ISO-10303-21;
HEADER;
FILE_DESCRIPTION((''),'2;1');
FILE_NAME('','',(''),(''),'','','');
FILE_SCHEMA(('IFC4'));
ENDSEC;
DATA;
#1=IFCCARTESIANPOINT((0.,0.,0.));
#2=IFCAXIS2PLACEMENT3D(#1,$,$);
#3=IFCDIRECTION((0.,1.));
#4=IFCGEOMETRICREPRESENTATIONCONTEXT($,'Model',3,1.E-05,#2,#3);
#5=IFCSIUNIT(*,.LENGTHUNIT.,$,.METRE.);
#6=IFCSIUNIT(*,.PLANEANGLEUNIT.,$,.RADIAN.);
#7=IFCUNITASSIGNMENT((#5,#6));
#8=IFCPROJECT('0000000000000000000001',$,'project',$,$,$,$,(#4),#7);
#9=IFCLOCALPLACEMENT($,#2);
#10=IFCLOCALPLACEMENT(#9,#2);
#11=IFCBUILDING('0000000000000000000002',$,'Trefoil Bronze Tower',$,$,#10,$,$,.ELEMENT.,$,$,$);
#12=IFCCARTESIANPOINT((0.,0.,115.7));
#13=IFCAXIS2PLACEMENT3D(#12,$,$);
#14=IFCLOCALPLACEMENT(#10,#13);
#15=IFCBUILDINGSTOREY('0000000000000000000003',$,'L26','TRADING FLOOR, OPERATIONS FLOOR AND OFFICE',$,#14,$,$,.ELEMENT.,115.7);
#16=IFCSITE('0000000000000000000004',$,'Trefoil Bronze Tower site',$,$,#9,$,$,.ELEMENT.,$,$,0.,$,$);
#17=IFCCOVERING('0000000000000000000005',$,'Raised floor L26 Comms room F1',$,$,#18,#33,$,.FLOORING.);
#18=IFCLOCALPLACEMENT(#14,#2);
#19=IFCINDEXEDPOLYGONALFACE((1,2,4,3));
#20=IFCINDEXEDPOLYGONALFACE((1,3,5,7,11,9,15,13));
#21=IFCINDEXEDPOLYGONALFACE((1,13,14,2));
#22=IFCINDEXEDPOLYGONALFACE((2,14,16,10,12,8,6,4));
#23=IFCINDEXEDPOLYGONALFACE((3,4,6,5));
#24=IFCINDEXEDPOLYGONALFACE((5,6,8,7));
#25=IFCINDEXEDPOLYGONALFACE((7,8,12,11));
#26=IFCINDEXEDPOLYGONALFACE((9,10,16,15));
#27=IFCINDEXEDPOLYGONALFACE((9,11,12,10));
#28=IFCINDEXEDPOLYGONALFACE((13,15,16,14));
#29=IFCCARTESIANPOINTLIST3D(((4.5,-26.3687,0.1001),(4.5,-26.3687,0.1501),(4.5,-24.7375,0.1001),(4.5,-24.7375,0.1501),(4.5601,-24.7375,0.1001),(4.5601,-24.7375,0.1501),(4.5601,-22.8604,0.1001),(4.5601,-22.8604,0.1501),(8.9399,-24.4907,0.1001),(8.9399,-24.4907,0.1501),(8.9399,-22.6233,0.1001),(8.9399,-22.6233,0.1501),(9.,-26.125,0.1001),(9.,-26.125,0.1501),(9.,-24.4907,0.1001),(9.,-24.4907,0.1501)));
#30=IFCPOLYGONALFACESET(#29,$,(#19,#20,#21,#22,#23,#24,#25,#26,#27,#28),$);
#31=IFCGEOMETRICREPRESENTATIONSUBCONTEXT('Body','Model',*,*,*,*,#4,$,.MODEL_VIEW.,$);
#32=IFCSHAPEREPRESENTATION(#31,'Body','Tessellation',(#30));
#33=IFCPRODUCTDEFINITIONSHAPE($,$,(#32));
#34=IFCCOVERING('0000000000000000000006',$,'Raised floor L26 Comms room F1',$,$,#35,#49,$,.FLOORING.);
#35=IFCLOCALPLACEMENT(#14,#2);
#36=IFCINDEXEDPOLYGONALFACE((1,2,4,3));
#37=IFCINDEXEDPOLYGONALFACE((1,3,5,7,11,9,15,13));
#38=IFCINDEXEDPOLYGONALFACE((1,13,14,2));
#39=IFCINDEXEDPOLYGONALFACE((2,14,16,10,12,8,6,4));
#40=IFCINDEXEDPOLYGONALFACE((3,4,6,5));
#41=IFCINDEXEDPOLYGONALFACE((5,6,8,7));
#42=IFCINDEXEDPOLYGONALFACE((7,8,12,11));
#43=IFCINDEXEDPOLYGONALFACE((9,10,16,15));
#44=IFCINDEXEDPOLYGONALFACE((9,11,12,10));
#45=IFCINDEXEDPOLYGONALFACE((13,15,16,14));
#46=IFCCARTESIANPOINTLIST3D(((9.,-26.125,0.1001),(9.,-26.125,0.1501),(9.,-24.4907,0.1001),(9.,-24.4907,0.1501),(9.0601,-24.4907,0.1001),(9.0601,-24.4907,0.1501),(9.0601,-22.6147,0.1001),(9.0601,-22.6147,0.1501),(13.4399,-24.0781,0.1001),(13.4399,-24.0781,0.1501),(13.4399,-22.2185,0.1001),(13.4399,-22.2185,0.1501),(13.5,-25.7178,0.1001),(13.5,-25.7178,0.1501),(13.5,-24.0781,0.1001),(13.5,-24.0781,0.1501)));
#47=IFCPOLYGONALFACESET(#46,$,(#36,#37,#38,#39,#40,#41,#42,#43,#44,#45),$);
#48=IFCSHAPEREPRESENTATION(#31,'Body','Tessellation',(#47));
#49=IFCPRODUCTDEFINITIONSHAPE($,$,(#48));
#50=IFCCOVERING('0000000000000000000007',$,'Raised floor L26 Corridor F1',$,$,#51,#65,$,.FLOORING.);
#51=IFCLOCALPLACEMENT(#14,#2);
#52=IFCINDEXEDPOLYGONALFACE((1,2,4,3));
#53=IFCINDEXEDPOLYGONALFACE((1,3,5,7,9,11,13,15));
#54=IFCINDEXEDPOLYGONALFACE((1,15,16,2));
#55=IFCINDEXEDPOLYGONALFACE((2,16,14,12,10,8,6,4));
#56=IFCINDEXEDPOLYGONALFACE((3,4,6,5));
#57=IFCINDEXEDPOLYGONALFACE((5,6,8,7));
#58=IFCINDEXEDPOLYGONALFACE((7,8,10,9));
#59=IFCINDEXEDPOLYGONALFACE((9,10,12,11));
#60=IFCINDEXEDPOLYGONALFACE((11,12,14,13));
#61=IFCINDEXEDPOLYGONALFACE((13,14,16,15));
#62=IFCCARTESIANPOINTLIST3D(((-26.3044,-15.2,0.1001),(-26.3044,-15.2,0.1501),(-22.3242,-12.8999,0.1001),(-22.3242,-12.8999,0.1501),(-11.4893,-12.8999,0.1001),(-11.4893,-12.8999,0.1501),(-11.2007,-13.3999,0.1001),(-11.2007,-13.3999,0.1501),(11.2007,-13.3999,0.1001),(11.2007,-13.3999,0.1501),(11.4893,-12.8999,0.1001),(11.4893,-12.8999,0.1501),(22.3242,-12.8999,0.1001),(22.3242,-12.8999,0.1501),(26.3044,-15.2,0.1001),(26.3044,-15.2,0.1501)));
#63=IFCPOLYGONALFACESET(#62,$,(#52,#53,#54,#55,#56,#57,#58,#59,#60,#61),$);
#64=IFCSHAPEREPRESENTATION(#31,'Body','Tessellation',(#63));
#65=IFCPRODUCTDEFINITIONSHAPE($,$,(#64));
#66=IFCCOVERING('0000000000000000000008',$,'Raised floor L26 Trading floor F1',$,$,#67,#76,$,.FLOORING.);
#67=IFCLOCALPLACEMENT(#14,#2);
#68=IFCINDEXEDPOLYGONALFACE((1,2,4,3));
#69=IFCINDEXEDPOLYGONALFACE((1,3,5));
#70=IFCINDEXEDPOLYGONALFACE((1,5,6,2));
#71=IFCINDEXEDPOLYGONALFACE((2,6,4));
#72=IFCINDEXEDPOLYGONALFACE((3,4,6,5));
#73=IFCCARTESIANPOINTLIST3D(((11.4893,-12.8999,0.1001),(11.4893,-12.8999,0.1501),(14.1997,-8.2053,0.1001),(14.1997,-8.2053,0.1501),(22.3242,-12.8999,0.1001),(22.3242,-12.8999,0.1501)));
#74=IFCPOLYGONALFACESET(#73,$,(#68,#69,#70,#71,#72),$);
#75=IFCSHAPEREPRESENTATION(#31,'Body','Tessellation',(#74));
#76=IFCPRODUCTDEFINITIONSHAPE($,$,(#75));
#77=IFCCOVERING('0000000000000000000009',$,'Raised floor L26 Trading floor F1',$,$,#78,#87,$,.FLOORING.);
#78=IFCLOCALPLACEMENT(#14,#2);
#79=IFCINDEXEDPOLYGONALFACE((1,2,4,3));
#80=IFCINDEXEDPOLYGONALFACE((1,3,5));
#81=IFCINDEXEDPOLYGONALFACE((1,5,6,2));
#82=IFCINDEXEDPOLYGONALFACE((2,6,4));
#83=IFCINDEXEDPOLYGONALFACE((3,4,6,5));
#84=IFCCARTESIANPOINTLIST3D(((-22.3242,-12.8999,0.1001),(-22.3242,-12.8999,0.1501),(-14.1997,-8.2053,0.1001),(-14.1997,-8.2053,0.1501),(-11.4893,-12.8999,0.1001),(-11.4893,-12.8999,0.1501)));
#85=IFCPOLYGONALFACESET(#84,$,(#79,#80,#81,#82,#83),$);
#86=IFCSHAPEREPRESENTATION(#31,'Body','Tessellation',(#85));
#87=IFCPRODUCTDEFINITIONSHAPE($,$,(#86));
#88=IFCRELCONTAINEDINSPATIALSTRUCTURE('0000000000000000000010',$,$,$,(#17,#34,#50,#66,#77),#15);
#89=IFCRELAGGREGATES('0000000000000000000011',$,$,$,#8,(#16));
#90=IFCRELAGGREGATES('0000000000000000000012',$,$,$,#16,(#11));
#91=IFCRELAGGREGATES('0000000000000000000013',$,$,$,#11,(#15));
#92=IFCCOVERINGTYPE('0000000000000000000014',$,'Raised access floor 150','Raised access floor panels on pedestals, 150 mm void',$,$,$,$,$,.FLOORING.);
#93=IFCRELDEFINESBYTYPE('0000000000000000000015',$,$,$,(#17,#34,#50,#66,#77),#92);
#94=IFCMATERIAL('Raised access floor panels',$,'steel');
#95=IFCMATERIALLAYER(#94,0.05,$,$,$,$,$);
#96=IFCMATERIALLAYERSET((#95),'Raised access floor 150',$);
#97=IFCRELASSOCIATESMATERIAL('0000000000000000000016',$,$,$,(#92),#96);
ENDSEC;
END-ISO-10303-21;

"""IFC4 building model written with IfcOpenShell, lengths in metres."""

from ifc_helpers import new_model, si_unit, direction, frame, origin, place, context, subcontext, project, spatial, polyline, outline, extrude, material, layer, layer_set, type_object, element, save


model = new_model("IFC4")

# Units and contexts
model_context = context("Model", 3, precision=1e-05, world=origin(), true_north=direction((0.0, 1.0)))
body_context = subcontext(model_context, "Body", "Model", "MODEL_VIEW")
ifc_project = project(units=[si_unit("LENGTHUNIT", "METRE"), si_unit("PLANEANGLEUNIT", "RADIAN")], contexts=[model_context])

# Site, building, storey
site_placement = place(None, origin())
site = spatial("IfcSite", under=ifc_project, at=site_placement, Name="Trefoil Bronze Tower site", CompositionType="ELEMENT", RefElevation=0.0)
building_placement = place(site_placement, origin())
building = spatial("IfcBuilding", under=site, at=building_placement, Name="Trefoil Bronze Tower", CompositionType="ELEMENT")
storey_placement = place(building_placement, frame((0.0, 0.0, 115.7)))
storey = spatial("IfcBuildingStorey", under=building, at=storey_placement, Name="L26", Description="TRADING FLOOR, OPERATIONS FLOOR AND OFFICE", CompositionType="ELEMENT", Elevation=115.7)

# Coverings
ifc_material_1 = material(Name="Raised access floor panels", Category="steel")
ifc_layer_1 = layer(ifc_material_1, 0.05)
ifc_layer_set_1 = layer_set([ifc_layer_1], Name="Raised access floor 150")
covering_type_1 = type_object("IfcCoveringType", Name="Raised access floor 150", Description="Raised access floor panels on pedestals, 150 mm void", PredefinedType="FLOORING", material=ifc_layer_set_1)
covering_1_placement = place(storey_placement, frame((0.0, 0.0, 0.1001)))
element("IfcCovering", 1, at=covering_1_placement, inside=storey, type_object=covering_type_1, Name="Raised floor L26 Comms room F1", PredefinedType="FLOORING", context=body_context, shape_type="SweptSolid", body=[
    extrude(outline(polyline([(9.0, -26.125), (4.5, -26.3687), (4.5, -24.7375), (4.5601, -24.7375), (4.5601, -22.8604), (8.9399, -22.6233), (8.9399, -24.4907), (9.0, -24.4907), (9.0, -26.125)])), origin(), (0.0, 0.0, 1.0), 0.05),
])
covering_2_placement = place(storey_placement, frame((0.0, 0.0, 0.1001)))
element("IfcCovering", 2, at=covering_2_placement, inside=storey, type_object=covering_type_1, Name="Raised floor L26 Comms room F1", PredefinedType="FLOORING", context=body_context, shape_type="SweptSolid", body=[
    extrude(outline(polyline([(13.5, -25.7178), (9.0, -26.125), (9.0, -24.4907), (9.0601, -24.4907), (9.0601, -22.6147), (13.4399, -22.2185), (13.4399, -24.0781), (13.5, -24.0781), (13.5, -25.7178)])), origin(), (0.0, 0.0, 1.0), 0.05),
])
covering_3_placement = place(storey_placement, frame((0.0, 0.0, 0.1001)))
element("IfcCovering", 3, at=covering_3_placement, inside=storey, type_object=covering_type_1, Name="Raised floor L26 Corridor F1", PredefinedType="FLOORING", context=body_context, shape_type="SweptSolid", body=[
    extrude(outline(polyline([(-26.3044, -15.2), (-22.3242, -12.8999), (-11.4893, -12.8999), (-11.2007, -13.3999), (11.2007, -13.3999), (11.4893, -12.8999), (22.3242, -12.8999), (26.3044, -15.2), (-26.3044, -15.2)])), origin(), (0.0, 0.0, 1.0), 0.05),
])
covering_4_placement = place(storey_placement, frame((0.0, 0.0, 0.1001)))
element("IfcCovering", 4, at=covering_4_placement, inside=storey, type_object=covering_type_1, Name="Raised floor L26 Trading floor F1", PredefinedType="FLOORING", context=body_context, shape_type="SweptSolid", body=[
    extrude(outline(polyline([(11.4893, -12.8999), (14.1997, -8.2053), (22.3242, -12.8999), (11.4893, -12.8999)])), origin(), (0.0, 0.0, 1.0), 0.05),
])
covering_5_placement = place(storey_placement, frame((0.0, 0.0, 0.1001)))
element("IfcCovering", 5, at=covering_5_placement, inside=storey, type_object=covering_type_1, Name="Raised floor L26 Trading floor F1", PredefinedType="FLOORING", context=body_context, shape_type="SweptSolid", body=[
    extrude(outline(polyline([(-22.3242, -12.8999), (-14.1997, -8.2053), (-11.4893, -12.8999), (-22.3242, -12.8999)])), origin(), (0.0, 0.0, 1.0), 0.05),
])

save(model, "model.ifc")
